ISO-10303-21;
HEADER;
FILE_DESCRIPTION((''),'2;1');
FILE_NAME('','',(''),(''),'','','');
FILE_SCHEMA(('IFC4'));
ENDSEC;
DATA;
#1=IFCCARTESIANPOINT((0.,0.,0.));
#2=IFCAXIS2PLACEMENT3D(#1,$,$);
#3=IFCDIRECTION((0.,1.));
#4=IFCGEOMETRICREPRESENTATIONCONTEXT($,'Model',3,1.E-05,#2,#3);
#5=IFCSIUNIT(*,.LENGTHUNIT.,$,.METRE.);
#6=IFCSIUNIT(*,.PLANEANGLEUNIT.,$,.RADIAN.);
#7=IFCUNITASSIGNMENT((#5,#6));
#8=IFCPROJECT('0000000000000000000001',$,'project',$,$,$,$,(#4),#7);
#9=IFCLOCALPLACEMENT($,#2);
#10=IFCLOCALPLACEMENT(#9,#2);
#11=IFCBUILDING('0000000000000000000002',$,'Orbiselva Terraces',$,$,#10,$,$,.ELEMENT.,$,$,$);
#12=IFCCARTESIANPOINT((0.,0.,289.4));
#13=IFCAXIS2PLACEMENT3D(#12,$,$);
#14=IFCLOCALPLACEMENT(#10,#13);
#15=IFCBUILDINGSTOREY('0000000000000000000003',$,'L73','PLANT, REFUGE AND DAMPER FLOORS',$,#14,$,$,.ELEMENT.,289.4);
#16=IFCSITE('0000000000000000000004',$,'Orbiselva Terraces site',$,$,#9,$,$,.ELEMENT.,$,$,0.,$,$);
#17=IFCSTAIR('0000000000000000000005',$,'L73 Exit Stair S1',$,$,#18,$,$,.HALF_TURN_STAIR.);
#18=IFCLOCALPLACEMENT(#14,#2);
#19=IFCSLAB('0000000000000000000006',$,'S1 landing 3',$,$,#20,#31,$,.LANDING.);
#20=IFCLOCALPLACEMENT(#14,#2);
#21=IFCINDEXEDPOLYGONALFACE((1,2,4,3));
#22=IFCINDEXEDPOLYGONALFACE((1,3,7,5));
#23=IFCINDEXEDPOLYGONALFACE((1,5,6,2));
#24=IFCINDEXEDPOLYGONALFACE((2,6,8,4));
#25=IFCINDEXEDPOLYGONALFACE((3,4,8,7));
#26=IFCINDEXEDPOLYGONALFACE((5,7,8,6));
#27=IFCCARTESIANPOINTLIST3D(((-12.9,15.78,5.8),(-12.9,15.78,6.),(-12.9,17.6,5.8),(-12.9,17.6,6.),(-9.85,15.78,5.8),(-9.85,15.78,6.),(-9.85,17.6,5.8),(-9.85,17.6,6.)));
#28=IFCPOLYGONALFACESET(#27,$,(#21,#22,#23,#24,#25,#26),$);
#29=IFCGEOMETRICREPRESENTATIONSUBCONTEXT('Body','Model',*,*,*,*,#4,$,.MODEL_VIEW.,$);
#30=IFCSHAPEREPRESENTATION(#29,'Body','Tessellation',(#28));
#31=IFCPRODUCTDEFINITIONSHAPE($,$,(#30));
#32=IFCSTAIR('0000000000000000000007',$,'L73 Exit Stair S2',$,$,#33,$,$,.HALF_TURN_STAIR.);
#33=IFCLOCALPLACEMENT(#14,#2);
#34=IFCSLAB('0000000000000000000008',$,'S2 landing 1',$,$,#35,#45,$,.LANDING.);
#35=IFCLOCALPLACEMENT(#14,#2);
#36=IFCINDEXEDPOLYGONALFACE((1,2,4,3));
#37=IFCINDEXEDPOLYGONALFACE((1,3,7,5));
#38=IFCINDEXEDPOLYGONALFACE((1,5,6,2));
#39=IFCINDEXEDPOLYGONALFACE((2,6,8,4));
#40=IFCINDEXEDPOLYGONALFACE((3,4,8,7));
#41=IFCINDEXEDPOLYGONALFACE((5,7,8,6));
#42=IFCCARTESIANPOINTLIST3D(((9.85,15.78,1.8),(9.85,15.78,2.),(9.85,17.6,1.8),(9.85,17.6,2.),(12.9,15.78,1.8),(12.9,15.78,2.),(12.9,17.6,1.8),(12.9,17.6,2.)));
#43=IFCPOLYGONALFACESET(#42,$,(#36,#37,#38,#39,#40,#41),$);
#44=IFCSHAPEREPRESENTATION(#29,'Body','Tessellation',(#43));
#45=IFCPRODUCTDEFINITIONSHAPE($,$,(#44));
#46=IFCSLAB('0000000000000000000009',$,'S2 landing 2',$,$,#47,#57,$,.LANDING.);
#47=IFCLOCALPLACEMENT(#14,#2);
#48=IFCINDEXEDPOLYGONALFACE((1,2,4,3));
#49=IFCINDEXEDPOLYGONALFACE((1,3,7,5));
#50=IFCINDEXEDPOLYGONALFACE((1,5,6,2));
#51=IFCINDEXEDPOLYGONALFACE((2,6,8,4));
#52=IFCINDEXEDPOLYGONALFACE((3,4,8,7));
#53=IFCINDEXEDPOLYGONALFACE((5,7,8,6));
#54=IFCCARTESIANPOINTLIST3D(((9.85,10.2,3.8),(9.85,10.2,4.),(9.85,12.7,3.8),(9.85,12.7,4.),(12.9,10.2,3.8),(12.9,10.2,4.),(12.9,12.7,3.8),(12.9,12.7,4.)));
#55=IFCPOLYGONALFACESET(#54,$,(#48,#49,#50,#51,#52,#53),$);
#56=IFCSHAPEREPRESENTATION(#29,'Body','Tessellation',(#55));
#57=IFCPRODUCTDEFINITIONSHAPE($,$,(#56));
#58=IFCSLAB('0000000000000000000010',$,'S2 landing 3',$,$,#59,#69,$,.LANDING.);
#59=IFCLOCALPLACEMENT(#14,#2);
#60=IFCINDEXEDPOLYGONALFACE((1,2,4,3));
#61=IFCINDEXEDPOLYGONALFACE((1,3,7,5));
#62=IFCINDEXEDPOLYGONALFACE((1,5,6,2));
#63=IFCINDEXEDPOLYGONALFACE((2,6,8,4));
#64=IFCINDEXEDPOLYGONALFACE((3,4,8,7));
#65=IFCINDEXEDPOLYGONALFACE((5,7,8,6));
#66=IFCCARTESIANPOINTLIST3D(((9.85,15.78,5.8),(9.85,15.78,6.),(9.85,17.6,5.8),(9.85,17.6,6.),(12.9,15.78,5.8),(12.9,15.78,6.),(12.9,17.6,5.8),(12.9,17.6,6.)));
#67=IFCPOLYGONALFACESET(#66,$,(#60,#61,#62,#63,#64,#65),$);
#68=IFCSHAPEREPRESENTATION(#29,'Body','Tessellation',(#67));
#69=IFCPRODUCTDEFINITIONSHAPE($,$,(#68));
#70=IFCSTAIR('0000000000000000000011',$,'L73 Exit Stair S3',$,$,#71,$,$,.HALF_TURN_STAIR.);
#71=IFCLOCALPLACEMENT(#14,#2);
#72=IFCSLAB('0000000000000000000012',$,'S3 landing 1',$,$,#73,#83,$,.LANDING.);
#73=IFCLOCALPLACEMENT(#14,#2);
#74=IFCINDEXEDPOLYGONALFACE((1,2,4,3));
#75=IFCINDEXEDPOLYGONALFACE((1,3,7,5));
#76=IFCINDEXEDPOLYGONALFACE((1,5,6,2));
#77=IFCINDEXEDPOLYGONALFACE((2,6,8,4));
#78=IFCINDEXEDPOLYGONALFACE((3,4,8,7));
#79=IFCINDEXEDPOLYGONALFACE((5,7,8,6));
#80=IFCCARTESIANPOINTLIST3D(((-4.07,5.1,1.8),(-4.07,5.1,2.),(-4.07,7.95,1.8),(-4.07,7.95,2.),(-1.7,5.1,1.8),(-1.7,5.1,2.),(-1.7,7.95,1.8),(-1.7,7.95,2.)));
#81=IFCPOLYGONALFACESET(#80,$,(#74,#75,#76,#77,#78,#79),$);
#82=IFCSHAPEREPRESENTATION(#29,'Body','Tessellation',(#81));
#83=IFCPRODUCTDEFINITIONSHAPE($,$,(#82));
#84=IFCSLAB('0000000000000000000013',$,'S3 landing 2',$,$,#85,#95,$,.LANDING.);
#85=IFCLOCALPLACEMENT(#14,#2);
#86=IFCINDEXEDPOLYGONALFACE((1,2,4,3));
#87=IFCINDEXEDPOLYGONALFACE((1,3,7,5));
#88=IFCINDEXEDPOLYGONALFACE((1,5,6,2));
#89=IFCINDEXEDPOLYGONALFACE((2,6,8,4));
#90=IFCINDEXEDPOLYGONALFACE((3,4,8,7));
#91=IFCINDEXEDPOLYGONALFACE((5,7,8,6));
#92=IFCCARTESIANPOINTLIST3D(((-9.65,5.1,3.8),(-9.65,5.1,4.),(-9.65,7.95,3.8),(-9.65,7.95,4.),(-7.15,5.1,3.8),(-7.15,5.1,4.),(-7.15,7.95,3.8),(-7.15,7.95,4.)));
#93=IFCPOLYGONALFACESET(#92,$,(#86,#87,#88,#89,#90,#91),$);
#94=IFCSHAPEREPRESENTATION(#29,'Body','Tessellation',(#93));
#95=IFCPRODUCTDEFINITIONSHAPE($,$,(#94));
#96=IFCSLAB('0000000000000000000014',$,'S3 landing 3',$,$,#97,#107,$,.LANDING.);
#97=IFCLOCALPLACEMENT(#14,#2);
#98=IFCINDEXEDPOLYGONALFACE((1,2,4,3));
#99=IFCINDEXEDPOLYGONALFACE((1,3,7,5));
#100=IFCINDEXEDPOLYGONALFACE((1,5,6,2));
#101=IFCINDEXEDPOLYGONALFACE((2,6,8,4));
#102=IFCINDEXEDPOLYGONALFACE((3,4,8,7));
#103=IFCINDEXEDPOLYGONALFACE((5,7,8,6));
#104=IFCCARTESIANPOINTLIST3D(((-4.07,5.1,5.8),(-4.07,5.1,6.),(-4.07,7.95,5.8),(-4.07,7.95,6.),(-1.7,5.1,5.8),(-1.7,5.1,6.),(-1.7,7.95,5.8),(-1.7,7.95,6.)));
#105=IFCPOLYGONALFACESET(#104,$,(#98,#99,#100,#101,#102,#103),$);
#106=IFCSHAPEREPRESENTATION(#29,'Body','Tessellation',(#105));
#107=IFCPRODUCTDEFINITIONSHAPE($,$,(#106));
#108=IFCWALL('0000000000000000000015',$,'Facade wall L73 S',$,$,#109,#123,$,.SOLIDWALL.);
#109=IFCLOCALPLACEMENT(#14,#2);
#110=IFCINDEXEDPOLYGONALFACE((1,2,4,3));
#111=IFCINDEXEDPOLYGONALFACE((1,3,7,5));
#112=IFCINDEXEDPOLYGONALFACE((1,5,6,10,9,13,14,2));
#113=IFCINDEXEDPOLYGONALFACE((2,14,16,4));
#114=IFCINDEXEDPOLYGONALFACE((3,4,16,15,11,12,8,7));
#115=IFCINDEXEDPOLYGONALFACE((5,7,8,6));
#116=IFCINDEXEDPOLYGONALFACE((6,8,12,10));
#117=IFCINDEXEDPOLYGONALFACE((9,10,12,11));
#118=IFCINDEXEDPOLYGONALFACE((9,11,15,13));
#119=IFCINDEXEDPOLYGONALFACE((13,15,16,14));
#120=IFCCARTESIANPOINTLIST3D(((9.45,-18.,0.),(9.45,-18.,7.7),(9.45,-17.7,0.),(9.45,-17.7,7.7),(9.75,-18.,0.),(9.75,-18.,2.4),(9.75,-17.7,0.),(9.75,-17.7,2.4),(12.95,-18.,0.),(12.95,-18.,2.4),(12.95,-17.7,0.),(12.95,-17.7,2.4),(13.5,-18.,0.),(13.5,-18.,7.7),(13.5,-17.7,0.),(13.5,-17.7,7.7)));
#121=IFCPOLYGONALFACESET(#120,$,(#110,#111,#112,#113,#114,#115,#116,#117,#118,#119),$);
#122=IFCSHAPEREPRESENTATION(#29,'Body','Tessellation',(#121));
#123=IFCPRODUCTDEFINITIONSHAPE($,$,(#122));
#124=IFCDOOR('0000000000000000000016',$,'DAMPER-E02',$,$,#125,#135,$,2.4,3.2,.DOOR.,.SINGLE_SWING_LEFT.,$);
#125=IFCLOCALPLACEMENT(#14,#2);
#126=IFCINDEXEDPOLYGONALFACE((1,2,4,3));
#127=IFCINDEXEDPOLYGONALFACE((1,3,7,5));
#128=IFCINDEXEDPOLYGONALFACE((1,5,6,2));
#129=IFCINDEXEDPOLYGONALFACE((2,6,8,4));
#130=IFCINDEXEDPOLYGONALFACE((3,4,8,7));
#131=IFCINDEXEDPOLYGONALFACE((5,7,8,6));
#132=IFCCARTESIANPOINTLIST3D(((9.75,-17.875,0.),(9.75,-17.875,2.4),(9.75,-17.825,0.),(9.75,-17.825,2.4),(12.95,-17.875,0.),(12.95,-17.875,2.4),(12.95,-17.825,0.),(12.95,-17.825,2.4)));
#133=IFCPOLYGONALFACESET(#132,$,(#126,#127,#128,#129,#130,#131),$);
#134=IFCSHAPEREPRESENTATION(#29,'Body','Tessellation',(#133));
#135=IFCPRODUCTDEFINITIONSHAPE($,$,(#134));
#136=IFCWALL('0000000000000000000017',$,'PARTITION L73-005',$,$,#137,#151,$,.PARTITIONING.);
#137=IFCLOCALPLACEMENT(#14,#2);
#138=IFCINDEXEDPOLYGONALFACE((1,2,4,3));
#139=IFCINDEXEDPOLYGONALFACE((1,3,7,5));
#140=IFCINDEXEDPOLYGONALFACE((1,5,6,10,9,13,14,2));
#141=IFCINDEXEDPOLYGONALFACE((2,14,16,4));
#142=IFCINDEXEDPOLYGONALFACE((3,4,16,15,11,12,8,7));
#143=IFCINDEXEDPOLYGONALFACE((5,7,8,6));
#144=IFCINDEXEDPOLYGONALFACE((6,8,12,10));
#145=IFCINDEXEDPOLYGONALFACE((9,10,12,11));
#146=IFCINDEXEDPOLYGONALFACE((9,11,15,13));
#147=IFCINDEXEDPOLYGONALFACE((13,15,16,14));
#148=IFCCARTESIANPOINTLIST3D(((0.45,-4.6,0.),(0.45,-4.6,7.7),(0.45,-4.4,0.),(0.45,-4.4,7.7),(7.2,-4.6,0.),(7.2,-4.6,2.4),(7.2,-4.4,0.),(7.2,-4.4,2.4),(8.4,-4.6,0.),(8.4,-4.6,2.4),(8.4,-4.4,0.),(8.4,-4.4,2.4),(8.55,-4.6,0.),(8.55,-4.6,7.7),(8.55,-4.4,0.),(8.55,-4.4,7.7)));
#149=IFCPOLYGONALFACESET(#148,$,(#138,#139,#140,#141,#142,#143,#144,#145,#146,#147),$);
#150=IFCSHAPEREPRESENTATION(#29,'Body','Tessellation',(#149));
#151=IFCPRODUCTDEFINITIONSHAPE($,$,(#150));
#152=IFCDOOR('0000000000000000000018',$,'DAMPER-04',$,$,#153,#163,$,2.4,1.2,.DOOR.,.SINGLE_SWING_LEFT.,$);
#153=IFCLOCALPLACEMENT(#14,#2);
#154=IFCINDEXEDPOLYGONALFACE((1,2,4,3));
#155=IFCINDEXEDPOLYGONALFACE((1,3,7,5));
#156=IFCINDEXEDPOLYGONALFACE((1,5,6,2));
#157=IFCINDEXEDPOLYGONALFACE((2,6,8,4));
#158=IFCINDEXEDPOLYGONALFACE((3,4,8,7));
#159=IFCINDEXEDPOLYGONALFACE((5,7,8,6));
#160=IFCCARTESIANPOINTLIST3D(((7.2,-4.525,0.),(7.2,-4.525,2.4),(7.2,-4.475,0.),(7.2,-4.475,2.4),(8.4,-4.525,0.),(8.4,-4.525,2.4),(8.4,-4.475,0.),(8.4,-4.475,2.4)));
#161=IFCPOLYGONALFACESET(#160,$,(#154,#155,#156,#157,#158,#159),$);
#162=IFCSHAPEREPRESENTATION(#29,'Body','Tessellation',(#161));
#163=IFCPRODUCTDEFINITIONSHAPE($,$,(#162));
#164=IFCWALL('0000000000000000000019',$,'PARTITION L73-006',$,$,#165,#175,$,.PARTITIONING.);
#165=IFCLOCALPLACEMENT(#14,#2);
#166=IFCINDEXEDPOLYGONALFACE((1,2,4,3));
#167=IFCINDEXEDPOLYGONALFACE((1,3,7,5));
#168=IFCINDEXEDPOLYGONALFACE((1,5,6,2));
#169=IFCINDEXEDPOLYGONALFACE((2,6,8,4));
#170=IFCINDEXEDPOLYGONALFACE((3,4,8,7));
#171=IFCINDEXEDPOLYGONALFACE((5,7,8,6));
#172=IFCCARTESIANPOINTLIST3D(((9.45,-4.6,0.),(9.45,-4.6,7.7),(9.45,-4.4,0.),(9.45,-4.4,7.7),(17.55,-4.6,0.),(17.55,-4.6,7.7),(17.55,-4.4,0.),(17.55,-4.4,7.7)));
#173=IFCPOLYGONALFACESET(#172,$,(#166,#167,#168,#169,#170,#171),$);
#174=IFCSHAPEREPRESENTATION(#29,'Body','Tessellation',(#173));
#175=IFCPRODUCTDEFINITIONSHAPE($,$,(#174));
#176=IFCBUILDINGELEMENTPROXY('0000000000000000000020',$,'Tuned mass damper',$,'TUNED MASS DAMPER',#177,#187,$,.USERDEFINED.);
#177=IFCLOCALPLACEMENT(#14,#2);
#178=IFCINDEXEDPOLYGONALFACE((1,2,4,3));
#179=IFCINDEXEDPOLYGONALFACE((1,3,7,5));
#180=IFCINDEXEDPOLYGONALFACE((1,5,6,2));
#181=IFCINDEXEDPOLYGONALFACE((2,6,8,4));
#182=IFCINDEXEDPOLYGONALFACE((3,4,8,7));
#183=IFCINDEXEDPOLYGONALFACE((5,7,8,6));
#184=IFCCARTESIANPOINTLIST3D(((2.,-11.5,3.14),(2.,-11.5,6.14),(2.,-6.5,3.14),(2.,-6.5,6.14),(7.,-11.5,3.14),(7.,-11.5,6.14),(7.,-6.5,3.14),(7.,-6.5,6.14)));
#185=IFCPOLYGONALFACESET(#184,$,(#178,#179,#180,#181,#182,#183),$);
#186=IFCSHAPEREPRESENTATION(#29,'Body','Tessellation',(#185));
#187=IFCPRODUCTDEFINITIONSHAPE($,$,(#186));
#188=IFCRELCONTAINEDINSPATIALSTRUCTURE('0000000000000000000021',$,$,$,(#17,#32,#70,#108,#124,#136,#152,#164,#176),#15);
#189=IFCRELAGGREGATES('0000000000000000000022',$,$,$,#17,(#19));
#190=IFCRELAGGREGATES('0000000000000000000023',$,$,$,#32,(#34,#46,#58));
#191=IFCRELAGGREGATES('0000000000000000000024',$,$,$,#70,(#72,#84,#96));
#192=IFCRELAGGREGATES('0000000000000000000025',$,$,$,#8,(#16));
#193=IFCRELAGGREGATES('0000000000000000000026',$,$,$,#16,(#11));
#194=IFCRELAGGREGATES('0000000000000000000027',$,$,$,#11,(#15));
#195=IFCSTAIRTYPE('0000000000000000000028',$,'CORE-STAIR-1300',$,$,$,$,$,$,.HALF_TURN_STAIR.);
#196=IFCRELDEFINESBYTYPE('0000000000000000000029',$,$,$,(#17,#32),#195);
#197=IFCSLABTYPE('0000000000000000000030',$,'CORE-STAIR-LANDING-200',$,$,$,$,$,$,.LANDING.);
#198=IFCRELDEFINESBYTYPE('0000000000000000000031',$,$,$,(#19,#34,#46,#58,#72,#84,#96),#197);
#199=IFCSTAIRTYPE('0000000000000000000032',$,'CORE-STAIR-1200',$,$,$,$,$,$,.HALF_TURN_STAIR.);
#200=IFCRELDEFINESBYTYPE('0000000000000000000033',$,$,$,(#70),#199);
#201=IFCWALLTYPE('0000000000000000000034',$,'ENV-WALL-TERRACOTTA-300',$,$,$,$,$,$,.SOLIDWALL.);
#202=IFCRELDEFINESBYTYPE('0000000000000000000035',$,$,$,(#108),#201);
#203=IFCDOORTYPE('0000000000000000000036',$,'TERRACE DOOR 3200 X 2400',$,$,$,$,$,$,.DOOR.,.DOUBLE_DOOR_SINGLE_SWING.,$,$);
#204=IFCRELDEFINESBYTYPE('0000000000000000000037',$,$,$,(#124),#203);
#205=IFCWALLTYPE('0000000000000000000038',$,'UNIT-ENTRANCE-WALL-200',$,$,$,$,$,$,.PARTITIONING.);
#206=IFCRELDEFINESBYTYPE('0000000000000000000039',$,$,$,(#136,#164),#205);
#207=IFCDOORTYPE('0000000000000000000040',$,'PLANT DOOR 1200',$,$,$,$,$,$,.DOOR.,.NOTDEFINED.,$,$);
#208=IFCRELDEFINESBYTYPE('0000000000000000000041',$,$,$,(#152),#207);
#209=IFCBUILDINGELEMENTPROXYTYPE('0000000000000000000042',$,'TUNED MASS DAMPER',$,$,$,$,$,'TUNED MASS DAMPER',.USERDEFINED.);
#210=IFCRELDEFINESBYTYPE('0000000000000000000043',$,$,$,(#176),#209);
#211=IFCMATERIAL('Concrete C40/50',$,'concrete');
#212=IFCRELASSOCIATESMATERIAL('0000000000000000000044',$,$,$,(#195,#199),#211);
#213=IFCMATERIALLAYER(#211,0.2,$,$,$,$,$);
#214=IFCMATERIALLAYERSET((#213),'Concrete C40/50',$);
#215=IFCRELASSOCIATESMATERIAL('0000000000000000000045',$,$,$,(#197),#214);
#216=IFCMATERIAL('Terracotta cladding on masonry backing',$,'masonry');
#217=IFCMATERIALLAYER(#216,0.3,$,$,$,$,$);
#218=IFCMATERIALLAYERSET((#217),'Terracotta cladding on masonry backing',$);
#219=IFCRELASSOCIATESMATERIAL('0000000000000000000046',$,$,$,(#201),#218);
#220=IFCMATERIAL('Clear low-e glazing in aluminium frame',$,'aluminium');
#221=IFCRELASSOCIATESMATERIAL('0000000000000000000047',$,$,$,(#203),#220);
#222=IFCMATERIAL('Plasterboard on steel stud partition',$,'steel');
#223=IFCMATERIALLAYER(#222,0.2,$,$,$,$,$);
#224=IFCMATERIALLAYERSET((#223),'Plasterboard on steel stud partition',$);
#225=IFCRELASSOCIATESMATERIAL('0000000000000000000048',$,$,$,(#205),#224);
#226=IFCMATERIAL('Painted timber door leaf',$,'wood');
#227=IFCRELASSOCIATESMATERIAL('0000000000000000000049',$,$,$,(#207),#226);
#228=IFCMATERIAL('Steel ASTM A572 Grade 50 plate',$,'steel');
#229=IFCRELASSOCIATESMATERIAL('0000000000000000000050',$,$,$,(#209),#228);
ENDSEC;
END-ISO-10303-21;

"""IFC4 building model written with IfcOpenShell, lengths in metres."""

from ifc_helpers import new_model, si_unit, direction, frame, frame_2d, origin, origin_2d, place, context, subcontext, project, spatial, polyline, rectangle, outline, extrude, material, layer, layer_set, type_object, element, fill, aggregate, save


model = new_model("IFC4")

# Units and contexts
model_context = context("Model", 3, precision=1e-05, world=origin(), true_north=direction((0.0, 1.0)))
body_context = subcontext(model_context, "Body", "Model", "MODEL_VIEW")
ifc_project = project(units=[si_unit("LENGTHUNIT", "METRE"), si_unit("PLANEANGLEUNIT", "RADIAN")], contexts=[model_context])

# Site, building, storey
site_placement = place(None, origin())
site = spatial("IfcSite", under=ifc_project, at=site_placement, Name="Orbiselva Terraces site", CompositionType="ELEMENT", RefElevation=0.0)
building_placement = place(site_placement, origin())
building = spatial("IfcBuilding", under=site, at=building_placement, Name="Orbiselva Terraces", CompositionType="ELEMENT")
storey_placement = place(building_placement, frame((0.0, 0.0, 289.4)))
storey = spatial("IfcBuildingStorey", under=building, at=storey_placement, Name="L73", Description="PLANT, REFUGE AND DAMPER FLOORS", CompositionType="ELEMENT", Elevation=289.4)

# Shared definitions
ifc_material_1 = material(Name="Concrete C40/50", Category="concrete")

# Stairs, slabs
stair_type_1 = type_object("IfcStairType", Name="CORE-STAIR-1300", PredefinedType="HALF_TURN_STAIR", material=ifc_material_1)
stair_1_placement = place(storey_placement, origin())
stair_1 = element("IfcStair", 1, at=stair_1_placement, inside=storey, type_object=stair_type_1, Name="L73 Exit Stair S1", PredefinedType="HALF_TURN_STAIR")
ifc_layer_1 = layer(ifc_material_1, 0.2)
ifc_layer_set_1 = layer_set([ifc_layer_1], Name="Concrete C40/50")
slab_type_1 = type_object("IfcSlabType", Name="CORE-STAIR-LANDING-200", PredefinedType="LANDING", material=ifc_layer_set_1)
slab_1_placement = place(storey_placement, frame((0.0, 0.0, 5.8)))
slab_1 = element("IfcSlab", 2, at=slab_1_placement, type_object=slab_type_1, Name="S1 landing 3", PredefinedType="LANDING", context=body_context, shape_type="SweptSolid", body=[
    extrude(outline(polyline([(-9.85, 15.78), (-9.85, 17.6), (-12.9, 17.6), (-12.9, 15.78), (-9.85, 15.78)])), origin(), (0.0, 0.0, 1.0), 0.2),
])
aggregate(stair_1, [slab_1])
stair_2_placement = place(storey_placement, origin())
stair_2 = element("IfcStair", 3, at=stair_2_placement, inside=storey, type_object=stair_type_1, Name="L73 Exit Stair S2", PredefinedType="HALF_TURN_STAIR")
slab_2_placement = place(storey_placement, frame((0.0, 0.0, 1.8)))
slab_2 = element("IfcSlab", 4, at=slab_2_placement, type_object=slab_type_1, Name="S2 landing 1", PredefinedType="LANDING", context=body_context, shape_type="SweptSolid", body=[
    extrude(outline(polyline([(12.9, 15.78), (12.9, 17.6), (9.85, 17.6), (9.85, 15.78), (12.9, 15.78)])), origin(), (0.0, 0.0, 1.0), 0.2),
])
slab_3_placement = place(storey_placement, frame((0.0, 0.0, 3.8)))
slab_3 = element("IfcSlab", 5, at=slab_3_placement, type_object=slab_type_1, Name="S2 landing 2", PredefinedType="LANDING", context=body_context, shape_type="SweptSolid", body=[
    extrude(outline(polyline([(12.9, 10.2), (12.9, 12.7), (9.85, 12.7), (9.85, 10.2), (12.9, 10.2)])), origin(), (0.0, 0.0, 1.0), 0.2),
])
slab_4_placement = place(storey_placement, frame((0.0, 0.0, 5.8)))
slab_4 = element("IfcSlab", 6, at=slab_4_placement, type_object=slab_type_1, Name="S2 landing 3", PredefinedType="LANDING", context=body_context, shape_type="SweptSolid", body=[
    extrude(outline(polyline([(12.9, 15.78), (12.9, 17.6), (9.85, 17.6), (9.85, 15.78), (12.9, 15.78)])), origin(), (0.0, 0.0, 1.0), 0.2),
])
aggregate(stair_2, [slab_2, slab_3, slab_4])
stair_type_2 = type_object("IfcStairType", Name="CORE-STAIR-1200", PredefinedType="HALF_TURN_STAIR", material=ifc_material_1)
stair_3_placement = place(storey_placement, origin())
stair_3 = element("IfcStair", 7, at=stair_3_placement, inside=storey, type_object=stair_type_2, Name="L73 Exit Stair S3", PredefinedType="HALF_TURN_STAIR")
slab_5_placement = place(storey_placement, frame((0.0, 0.0, 1.8)))
slab_5 = element("IfcSlab", 8, at=slab_5_placement, type_object=slab_type_1, Name="S3 landing 1", PredefinedType="LANDING", context=body_context, shape_type="SweptSolid", body=[
    extrude(outline(polyline([(-4.07, 5.1), (-1.7, 5.1), (-1.7, 7.95), (-4.07, 7.95), (-4.07, 5.1)])), origin(), (0.0, 0.0, 1.0), 0.2),
])
slab_6_placement = place(storey_placement, frame((0.0, 0.0, 3.8)))
slab_6 = element("IfcSlab", 9, at=slab_6_placement, type_object=slab_type_1, Name="S3 landing 2", PredefinedType="LANDING", context=body_context, shape_type="SweptSolid", body=[
    extrude(outline(polyline([(-9.65, 5.1), (-7.15, 5.1), (-7.15, 7.95), (-9.65, 7.95), (-9.65, 5.1)])), origin(), (0.0, 0.0, 1.0), 0.2),
])
slab_7_placement = place(storey_placement, frame((0.0, 0.0, 5.8)))
slab_7 = element("IfcSlab", 10, at=slab_7_placement, type_object=slab_type_1, Name="S3 landing 3", PredefinedType="LANDING", context=body_context, shape_type="SweptSolid", body=[
    extrude(outline(polyline([(-4.07, 5.1), (-1.7, 5.1), (-1.7, 7.95), (-4.07, 7.95), (-4.07, 5.1)])), origin(), (0.0, 0.0, 1.0), 0.2),
])
aggregate(stair_3, [slab_5, slab_6, slab_7])

# Walls, openings, doors
ifc_material_2 = material(Name="Terracotta cladding on masonry backing", Category="masonry")
ifc_layer_2 = layer(ifc_material_2, 0.3)
ifc_layer_set_2 = layer_set([ifc_layer_2], Name="Terracotta cladding on masonry backing")
wall_type_1 = type_object("IfcWallType", Name="ENV-WALL-TERRACOTTA-300", PredefinedType="SOLIDWALL", material=ifc_layer_set_2)
wall_1_placement = place(storey_placement, frame((13.5, -17.85, 0.0), z_axis=(0.0, 0.0, 1.0), x_axis=(-1.0, 0.0, 0.0)))
wall_1 = element("IfcWall", 11, at=wall_1_placement, inside=storey, type_object=wall_type_1, Name="Facade wall L73 S", PredefinedType="SOLIDWALL", context=body_context, shape_type="SweptSolid", body=[
    extrude(rectangle(XDim=4.05, YDim=0.3, at=frame_2d((2.025, 0.0))), origin(), (0.0, 0.0, 1.0), 7.7),
])
opening_1_placement = place(wall_1_placement, frame((0.55, 0.0, 0.0)))
opening_1 = element("IfcOpeningElement", 12, at=opening_1_placement, cuts=wall_1, PredefinedType="OPENING", context=body_context, shape_type="SweptSolid", body=[
    extrude(rectangle(XDim=3.2, YDim=2.4, at=frame_2d((1.6, 1.2))), frame((0.0, 0.16, 0.0), z_axis=(0.0, -1.0, 0.0), x_axis=(1.0, 0.0, 0.0)), (0.0, 0.0, 1.0), 0.32),
])
ifc_material_3 = material(Name="Clear low-e glazing in aluminium frame", Category="aluminium")
door_type_1 = type_object("IfcDoorType", Name="TERRACE DOOR 3200 X 2400", OperationType="DOUBLE_DOOR_SINGLE_SWING", PredefinedType="DOOR", material=ifc_material_3)
door_1_placement = place(opening_1_placement, origin())
door_1 = element("IfcDoor", 13, at=door_1_placement, inside=storey, type_object=door_type_1, Name="DAMPER-E02", OperationType="SINGLE_SWING_LEFT", OverallHeight=2.4, OverallWidth=3.2, PredefinedType="DOOR", context=body_context, shape_type="SweptSolid", body=[
    extrude(rectangle(XDim=3.2, YDim=2.4, at=frame_2d((1.6, 1.2))), frame((0.0, 0.025, 0.0), z_axis=(0.0, -1.0, 0.0), x_axis=(1.0, 0.0, 0.0)), (0.0, 0.0, 1.0), 0.05),
])
fill(opening_1, door_1)
ifc_material_4 = material(Name="Plasterboard on steel stud partition", Category="steel")
ifc_layer_3 = layer(ifc_material_4, 0.2)
ifc_layer_set_3 = layer_set([ifc_layer_3], Name="Plasterboard on steel stud partition")
wall_type_2 = type_object("IfcWallType", Name="UNIT-ENTRANCE-WALL-200", PredefinedType="PARTITIONING", material=ifc_layer_set_3)
wall_2_placement = place(storey_placement, frame((8.55, -4.5, 0.0), z_axis=(0.0, 0.0, 1.0), x_axis=(-1.0, 0.0, 0.0)))
wall_2 = element("IfcWall", 14, at=wall_2_placement, inside=storey, type_object=wall_type_2, Name="PARTITION L73-005", PredefinedType="PARTITIONING", context=body_context, shape_type="SweptSolid", body=[
    extrude(rectangle(XDim=8.1, YDim=0.2, at=frame_2d((4.05, 0.0))), origin(), (0.0, 0.0, 1.0), 7.7),
])
opening_2_placement = place(wall_2_placement, frame((0.15, 0.0, 0.0)))
opening_2 = element("IfcOpeningElement", 15, at=opening_2_placement, cuts=wall_2, PredefinedType="OPENING", context=body_context, shape_type="SweptSolid", body=[
    extrude(rectangle(XDim=1.2, YDim=2.4, at=frame_2d((0.6, 1.2))), frame((0.0, 0.11, 0.0), z_axis=(0.0, -1.0, 0.0), x_axis=(1.0, 0.0, 0.0)), (0.0, 0.0, 1.0), 0.22),
])
ifc_material_5 = material(Name="Painted timber door leaf", Category="wood")
door_type_2 = type_object("IfcDoorType", Name="PLANT DOOR 1200", OperationType="NOTDEFINED", PredefinedType="DOOR", material=ifc_material_5)
door_2_placement = place(opening_2_placement, origin())
door_2 = element("IfcDoor", 16, at=door_2_placement, inside=storey, type_object=door_type_2, Name="DAMPER-04", OperationType="SINGLE_SWING_LEFT", OverallHeight=2.4, OverallWidth=1.2, PredefinedType="DOOR", context=body_context, shape_type="SweptSolid", body=[
    extrude(rectangle(XDim=1.2, YDim=2.4, at=frame_2d((0.6, 1.2))), frame((0.0, 0.025, 0.0), z_axis=(0.0, -1.0, 0.0), x_axis=(1.0, 0.0, 0.0)), (0.0, 0.0, 1.0), 0.05),
])
fill(opening_2, door_2)

# Wall
wall_3_placement = place(storey_placement, frame((9.45, -4.5, 0.0), z_axis=(0.0, 0.0, 1.0), x_axis=(1.0, 0.0, 0.0)))
element("IfcWall", 17, at=wall_3_placement, inside=storey, type_object=wall_type_2, Name="PARTITION L73-006", PredefinedType="PARTITIONING", context=body_context, shape_type="SweptSolid", body=[
    extrude(rectangle(XDim=8.1, YDim=0.2, at=frame_2d((4.05, 0.0))), origin(), (0.0, 0.0, 1.0), 7.7),
])

# Building element proxy
ifc_material_6 = material(Name="Steel ASTM A572 Grade 50 plate", Category="steel")
building_element_proxy_type = type_object("IfcBuildingElementProxyType", Name="TUNED MASS DAMPER", ElementType="TUNED MASS DAMPER", PredefinedType="USERDEFINED", material=ifc_material_6)
proxy_placement = place(storey_placement, frame((4.5, -9.0, 3.14), z_axis=(0.0, 0.0, 1.0), x_axis=(1.0, 0.0, 0.0)))
element("IfcBuildingElementProxy", 18, at=proxy_placement, inside=storey, type_object=building_element_proxy_type, Name="Tuned mass damper", ObjectType="TUNED MASS DAMPER", PredefinedType="USERDEFINED", context=body_context, shape_type="SweptSolid", body=[
    extrude(rectangle(XDim=5.0, YDim=5.0, at=origin_2d()), origin(), (0.0, 0.0, 1.0), 3.0),
])

save(model, "model.ifc")
